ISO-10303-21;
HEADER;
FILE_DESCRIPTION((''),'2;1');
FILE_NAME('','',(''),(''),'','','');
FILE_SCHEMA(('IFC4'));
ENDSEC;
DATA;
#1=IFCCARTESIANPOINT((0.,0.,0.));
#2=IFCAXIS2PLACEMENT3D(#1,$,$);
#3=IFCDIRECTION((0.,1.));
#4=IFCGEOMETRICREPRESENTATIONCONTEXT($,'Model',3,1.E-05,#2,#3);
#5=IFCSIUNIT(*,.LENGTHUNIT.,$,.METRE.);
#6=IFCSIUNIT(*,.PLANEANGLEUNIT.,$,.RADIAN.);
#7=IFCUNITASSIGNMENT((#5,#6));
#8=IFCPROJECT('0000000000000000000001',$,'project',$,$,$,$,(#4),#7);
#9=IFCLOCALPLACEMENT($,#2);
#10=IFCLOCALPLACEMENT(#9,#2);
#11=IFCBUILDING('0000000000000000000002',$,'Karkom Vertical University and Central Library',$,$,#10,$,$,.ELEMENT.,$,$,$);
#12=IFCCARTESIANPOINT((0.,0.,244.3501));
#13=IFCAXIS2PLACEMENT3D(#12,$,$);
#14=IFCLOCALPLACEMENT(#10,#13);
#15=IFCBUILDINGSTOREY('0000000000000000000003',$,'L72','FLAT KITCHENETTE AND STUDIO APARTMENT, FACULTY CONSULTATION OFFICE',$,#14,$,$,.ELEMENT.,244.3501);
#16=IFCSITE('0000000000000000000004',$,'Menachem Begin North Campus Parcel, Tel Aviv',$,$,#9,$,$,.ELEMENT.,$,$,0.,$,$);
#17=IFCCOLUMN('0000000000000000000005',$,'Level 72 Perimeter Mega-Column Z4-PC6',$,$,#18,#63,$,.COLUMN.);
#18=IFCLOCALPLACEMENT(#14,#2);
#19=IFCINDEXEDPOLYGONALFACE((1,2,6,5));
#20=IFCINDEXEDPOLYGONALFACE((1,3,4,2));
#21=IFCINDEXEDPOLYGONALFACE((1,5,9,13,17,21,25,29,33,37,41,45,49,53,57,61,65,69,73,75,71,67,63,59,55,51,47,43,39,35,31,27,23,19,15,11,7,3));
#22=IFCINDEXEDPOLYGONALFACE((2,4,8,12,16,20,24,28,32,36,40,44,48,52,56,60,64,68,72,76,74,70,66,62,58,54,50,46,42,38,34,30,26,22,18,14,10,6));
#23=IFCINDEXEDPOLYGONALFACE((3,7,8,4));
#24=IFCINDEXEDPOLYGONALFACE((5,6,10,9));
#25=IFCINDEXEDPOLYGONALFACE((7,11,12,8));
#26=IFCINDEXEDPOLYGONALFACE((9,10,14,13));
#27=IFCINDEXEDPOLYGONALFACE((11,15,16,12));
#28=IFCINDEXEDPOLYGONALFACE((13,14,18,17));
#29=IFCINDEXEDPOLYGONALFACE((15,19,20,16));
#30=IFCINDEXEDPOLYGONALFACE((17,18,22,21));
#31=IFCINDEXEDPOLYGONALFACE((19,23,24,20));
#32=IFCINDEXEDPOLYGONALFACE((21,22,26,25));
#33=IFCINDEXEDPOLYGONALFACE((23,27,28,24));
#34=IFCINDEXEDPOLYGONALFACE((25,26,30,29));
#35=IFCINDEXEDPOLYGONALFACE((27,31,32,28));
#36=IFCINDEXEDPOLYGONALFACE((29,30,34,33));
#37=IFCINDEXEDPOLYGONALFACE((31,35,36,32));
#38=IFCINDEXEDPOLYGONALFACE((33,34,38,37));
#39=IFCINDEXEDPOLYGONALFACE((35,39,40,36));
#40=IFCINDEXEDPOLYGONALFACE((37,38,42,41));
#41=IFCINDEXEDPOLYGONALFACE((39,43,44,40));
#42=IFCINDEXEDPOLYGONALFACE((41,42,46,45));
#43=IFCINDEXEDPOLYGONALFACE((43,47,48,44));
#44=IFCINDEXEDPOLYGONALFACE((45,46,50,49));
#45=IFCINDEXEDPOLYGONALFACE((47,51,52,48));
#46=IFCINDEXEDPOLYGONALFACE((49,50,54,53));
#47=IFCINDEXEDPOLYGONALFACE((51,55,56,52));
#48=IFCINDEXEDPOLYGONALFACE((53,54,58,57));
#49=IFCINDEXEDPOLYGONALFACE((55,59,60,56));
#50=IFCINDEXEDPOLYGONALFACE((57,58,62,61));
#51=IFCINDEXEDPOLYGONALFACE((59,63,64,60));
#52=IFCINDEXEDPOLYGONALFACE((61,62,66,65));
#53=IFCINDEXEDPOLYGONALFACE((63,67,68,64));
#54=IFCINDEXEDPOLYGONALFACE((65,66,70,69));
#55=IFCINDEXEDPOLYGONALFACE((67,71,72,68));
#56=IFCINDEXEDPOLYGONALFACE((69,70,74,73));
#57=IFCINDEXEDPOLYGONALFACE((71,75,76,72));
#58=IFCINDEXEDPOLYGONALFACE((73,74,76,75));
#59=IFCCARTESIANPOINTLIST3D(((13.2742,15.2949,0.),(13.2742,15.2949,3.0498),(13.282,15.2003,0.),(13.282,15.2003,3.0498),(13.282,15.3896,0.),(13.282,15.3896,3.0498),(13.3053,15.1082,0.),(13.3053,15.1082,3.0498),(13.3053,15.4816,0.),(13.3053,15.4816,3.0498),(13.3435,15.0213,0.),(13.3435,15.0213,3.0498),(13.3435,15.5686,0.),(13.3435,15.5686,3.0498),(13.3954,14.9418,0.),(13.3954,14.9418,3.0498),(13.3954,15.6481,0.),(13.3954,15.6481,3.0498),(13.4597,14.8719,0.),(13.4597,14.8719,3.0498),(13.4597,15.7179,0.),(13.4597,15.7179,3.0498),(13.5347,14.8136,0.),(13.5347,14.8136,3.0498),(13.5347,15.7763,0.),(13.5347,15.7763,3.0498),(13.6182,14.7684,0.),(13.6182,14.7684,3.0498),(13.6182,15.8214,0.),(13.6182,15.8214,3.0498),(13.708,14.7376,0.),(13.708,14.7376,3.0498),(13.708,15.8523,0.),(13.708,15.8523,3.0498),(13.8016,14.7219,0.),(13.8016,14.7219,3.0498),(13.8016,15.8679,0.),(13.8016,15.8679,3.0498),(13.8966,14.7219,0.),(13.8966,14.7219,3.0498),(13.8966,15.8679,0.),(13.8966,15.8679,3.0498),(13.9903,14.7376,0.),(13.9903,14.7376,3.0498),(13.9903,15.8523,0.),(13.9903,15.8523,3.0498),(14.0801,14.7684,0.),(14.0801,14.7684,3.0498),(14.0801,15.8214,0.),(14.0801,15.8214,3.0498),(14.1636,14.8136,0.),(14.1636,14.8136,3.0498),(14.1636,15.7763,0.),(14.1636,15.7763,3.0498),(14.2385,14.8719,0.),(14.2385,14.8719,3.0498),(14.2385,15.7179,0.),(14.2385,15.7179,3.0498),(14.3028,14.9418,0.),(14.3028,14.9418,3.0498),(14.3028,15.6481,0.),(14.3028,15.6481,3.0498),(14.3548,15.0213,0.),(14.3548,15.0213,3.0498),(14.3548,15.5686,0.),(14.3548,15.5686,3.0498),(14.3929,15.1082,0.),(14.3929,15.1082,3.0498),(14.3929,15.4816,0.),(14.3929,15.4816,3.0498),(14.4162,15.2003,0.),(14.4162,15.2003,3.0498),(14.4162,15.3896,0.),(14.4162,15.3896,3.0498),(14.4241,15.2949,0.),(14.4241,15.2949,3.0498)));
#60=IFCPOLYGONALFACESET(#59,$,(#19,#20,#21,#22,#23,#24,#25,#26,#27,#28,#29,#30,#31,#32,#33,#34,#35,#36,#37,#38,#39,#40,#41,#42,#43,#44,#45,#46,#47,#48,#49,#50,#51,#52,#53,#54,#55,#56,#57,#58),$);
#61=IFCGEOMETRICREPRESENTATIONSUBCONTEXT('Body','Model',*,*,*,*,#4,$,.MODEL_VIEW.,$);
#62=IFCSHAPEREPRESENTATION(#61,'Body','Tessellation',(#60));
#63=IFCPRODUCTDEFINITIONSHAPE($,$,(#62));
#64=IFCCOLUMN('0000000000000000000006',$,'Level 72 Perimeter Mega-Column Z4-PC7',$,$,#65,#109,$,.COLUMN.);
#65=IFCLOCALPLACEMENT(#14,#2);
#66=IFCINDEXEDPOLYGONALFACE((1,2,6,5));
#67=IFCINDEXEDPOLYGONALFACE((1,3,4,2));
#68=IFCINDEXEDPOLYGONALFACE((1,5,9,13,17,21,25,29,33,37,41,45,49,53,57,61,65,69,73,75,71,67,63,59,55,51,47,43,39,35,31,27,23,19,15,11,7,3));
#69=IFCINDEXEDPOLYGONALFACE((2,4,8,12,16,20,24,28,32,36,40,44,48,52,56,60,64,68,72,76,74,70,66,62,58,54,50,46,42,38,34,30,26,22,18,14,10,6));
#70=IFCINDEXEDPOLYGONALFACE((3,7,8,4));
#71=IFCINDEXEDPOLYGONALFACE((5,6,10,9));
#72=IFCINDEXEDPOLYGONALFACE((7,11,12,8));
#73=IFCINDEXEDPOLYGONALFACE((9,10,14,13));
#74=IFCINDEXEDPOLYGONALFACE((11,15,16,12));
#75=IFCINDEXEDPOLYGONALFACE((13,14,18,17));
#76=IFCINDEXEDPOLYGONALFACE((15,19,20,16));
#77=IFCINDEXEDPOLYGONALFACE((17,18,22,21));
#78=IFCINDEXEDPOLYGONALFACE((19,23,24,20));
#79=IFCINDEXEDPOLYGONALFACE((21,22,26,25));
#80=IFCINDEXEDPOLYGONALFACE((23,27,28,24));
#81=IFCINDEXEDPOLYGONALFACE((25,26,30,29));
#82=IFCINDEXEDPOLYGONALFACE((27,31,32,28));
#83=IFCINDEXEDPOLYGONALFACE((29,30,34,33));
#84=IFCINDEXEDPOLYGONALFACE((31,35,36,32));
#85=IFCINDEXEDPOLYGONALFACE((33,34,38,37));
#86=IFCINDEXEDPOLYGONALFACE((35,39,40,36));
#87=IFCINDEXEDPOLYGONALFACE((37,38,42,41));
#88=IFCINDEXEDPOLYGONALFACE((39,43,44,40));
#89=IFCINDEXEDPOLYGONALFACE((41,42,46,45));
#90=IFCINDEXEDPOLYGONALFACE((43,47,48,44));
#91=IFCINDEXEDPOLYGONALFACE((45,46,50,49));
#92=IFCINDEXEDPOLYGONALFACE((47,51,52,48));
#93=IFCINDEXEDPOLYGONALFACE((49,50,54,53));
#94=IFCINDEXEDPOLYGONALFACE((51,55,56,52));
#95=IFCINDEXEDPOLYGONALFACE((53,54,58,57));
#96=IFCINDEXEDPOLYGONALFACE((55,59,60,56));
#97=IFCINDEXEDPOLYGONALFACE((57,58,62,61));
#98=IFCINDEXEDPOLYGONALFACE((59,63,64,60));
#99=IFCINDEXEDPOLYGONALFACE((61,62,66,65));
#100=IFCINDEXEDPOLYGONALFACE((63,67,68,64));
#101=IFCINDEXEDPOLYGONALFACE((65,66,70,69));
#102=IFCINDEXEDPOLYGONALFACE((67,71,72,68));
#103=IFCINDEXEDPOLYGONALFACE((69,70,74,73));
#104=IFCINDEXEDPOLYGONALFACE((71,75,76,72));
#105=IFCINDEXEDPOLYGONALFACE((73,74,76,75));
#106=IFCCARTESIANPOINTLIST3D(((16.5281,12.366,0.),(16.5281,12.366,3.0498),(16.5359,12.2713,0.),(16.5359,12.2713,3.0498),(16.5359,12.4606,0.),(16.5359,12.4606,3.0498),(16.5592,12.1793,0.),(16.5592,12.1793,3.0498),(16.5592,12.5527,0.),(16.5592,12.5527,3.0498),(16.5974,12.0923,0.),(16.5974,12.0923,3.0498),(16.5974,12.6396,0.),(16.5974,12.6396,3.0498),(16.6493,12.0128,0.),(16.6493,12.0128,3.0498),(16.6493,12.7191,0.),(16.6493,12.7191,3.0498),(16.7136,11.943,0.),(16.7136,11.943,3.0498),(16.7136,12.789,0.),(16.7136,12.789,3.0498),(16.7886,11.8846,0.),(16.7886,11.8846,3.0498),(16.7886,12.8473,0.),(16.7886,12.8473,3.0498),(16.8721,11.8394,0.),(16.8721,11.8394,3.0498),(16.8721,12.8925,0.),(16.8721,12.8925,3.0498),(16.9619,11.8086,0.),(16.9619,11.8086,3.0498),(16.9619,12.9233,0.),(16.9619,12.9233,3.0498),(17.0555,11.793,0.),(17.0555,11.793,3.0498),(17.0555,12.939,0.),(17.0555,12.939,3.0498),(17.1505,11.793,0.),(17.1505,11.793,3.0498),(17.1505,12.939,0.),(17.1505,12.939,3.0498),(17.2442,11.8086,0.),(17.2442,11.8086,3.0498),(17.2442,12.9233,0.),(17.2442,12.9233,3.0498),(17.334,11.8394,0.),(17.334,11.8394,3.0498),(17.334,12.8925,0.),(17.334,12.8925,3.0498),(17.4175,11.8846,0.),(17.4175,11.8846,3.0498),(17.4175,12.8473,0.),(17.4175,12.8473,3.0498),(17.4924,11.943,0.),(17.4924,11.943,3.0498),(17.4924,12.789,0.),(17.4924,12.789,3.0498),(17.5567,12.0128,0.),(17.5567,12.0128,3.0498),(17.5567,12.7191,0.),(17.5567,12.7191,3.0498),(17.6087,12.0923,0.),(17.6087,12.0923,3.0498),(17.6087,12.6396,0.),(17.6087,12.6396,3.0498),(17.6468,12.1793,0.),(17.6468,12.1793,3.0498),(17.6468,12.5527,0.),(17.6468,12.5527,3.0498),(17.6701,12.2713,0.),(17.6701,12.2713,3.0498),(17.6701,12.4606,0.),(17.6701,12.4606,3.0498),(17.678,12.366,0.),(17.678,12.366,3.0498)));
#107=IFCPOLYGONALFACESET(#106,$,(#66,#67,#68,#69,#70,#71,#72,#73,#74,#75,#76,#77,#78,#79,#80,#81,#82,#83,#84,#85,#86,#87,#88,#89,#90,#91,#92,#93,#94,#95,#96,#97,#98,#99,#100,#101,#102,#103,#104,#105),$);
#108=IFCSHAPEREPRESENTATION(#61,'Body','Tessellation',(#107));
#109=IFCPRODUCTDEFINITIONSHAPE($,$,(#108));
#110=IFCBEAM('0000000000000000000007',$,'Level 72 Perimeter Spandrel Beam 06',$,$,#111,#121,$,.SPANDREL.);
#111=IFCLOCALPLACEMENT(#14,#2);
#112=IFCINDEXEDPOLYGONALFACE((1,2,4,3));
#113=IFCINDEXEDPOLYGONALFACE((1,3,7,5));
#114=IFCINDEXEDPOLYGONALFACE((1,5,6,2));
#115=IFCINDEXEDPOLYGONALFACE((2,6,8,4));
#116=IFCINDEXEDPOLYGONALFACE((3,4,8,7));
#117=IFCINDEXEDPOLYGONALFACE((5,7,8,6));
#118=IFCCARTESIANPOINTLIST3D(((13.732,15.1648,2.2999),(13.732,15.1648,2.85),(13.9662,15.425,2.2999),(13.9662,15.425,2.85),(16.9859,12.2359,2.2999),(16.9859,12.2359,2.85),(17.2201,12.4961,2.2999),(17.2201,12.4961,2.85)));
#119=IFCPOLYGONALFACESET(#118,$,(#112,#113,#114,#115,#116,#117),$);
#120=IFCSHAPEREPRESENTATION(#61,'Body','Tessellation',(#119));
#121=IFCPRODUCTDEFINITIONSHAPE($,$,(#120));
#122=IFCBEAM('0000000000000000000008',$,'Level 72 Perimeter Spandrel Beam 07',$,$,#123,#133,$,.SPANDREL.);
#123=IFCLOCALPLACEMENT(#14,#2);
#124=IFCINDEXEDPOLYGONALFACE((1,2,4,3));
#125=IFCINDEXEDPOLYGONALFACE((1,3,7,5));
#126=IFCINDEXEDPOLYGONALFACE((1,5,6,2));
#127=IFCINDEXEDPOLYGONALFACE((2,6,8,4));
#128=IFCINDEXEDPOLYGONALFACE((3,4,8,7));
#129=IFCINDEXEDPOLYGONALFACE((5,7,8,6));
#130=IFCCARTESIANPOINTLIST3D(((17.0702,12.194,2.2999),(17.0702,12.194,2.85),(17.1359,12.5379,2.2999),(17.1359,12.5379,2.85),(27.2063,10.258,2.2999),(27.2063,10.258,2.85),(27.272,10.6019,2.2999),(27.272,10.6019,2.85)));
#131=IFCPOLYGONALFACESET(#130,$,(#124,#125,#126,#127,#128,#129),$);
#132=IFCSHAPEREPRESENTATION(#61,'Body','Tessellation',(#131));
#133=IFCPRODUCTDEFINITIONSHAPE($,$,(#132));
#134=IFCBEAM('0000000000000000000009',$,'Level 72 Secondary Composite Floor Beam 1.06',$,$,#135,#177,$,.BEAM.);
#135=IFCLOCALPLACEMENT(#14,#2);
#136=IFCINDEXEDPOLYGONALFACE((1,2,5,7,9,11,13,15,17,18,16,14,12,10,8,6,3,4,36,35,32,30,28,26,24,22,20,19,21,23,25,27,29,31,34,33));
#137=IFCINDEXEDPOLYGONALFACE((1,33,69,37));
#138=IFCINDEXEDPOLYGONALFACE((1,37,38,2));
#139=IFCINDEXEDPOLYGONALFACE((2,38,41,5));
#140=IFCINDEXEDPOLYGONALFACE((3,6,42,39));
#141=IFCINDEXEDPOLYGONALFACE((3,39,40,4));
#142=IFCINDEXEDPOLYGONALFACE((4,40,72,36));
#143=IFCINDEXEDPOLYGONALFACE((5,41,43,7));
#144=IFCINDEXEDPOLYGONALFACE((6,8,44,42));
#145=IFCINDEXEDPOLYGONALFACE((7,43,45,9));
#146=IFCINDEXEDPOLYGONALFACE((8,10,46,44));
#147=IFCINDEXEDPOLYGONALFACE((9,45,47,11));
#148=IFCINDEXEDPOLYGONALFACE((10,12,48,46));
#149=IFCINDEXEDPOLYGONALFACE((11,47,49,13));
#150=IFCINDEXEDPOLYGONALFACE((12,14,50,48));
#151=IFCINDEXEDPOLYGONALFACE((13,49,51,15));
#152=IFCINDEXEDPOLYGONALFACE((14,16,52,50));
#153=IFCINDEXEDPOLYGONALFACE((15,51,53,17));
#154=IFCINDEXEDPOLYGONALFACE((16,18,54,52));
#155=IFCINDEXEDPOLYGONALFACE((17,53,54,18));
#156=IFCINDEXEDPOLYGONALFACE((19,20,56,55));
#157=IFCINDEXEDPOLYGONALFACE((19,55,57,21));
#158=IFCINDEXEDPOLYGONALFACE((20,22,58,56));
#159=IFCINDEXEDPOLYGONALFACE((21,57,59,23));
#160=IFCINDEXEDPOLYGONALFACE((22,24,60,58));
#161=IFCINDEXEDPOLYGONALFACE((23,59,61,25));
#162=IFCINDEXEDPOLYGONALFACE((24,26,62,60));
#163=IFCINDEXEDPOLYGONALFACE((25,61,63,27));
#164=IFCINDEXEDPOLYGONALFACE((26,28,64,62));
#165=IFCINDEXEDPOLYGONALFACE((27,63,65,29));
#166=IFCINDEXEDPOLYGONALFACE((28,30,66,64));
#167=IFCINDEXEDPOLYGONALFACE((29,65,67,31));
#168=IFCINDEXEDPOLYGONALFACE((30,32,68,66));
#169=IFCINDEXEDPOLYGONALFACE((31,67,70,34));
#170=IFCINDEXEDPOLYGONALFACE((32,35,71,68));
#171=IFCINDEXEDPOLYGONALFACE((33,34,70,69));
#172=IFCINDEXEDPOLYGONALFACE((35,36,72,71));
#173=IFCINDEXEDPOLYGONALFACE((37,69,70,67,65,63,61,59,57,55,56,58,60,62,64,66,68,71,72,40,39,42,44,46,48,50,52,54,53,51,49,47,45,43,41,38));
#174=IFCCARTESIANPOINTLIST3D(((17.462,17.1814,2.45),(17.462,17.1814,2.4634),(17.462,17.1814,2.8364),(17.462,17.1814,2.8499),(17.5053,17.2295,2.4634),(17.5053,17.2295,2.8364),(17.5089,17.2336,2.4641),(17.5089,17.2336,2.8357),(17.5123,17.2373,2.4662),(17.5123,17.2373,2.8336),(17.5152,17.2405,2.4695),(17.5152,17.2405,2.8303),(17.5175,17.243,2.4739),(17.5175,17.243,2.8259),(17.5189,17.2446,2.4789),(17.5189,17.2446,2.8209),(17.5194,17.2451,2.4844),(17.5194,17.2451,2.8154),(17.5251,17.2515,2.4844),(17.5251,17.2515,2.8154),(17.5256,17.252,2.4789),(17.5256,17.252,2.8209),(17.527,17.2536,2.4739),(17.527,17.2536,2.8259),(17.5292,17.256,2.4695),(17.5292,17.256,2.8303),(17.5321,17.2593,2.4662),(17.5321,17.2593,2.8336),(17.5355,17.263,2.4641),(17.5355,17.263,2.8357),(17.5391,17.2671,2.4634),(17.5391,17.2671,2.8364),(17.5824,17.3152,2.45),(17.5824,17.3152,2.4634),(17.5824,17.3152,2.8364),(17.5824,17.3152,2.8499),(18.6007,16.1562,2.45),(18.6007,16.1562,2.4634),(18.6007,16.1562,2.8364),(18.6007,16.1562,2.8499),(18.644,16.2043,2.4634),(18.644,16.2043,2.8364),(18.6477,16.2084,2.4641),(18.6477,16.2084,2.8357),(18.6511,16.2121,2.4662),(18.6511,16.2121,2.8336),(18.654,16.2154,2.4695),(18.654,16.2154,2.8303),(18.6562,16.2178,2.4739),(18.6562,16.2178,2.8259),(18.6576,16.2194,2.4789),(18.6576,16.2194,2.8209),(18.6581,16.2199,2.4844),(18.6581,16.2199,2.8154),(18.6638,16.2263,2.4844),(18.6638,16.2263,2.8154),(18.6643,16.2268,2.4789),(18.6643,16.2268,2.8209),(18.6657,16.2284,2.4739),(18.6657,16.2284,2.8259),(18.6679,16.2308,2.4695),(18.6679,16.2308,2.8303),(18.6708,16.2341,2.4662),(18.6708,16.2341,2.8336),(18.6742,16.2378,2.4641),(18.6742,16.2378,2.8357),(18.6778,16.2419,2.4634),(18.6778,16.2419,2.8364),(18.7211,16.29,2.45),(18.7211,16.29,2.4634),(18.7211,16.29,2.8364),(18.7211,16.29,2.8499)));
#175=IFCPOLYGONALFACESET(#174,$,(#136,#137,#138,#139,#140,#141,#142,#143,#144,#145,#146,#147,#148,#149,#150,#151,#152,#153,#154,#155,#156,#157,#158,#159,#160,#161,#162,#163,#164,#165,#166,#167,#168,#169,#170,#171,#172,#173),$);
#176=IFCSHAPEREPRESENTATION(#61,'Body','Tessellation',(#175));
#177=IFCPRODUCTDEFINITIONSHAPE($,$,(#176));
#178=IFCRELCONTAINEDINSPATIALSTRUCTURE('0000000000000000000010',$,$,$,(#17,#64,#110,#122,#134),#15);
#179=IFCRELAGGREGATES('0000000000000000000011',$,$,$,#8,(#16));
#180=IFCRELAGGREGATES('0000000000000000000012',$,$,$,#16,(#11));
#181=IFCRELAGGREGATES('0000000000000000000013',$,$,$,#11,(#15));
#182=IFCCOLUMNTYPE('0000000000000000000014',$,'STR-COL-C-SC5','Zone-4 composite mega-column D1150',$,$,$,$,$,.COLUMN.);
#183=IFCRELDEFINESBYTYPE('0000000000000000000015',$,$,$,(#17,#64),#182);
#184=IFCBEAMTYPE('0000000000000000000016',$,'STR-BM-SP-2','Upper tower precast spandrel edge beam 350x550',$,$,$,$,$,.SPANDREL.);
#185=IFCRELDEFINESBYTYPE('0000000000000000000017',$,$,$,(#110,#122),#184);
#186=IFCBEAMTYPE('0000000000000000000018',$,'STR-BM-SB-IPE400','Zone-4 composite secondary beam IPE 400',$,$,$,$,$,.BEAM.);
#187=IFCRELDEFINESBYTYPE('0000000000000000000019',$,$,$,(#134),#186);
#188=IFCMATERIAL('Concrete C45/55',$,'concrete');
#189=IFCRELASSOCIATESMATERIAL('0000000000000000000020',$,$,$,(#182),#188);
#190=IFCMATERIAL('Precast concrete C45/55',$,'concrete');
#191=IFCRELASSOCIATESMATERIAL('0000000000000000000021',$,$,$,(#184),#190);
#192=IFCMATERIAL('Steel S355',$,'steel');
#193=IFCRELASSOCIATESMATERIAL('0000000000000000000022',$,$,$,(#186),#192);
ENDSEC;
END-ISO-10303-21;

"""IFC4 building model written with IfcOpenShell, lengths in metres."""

from ifc_helpers import new_model, si_unit, direction, frame, origin, origin_with_axes, origin_2d, place, context, subcontext, project, spatial, rectangle, circle, i_section, extrude, source, transform, mapped, material, material_profile, profile_set, type_object, element, save


model = new_model("IFC4")

# Units and contexts
model_context = context("Model", 3, precision=1e-05, world=origin(), true_north=direction((0.0, 1.0)))
body_context = subcontext(model_context, "Body", "Model", "MODEL_VIEW")
ifc_project = project(units=[si_unit("LENGTHUNIT", "METRE"), si_unit("PLANEANGLEUNIT", "RADIAN")], contexts=[model_context])

# Site, building, storey
site_placement = place(None, origin())
site = spatial("IfcSite", under=ifc_project, at=site_placement, Name="Menachem Begin North Campus Parcel, Tel Aviv", CompositionType="ELEMENT", RefElevation=0.0)
building_placement = place(site_placement, origin())
building = spatial("IfcBuilding", under=site, at=building_placement, Name="Karkom Vertical University and Central Library", CompositionType="ELEMENT")
storey_placement = place(building_placement, frame((0.0, 0.0, 244.3501)))
storey = spatial("IfcBuildingStorey", under=building, at=storey_placement, Name="L72", Description="FLAT KITCHENETTE AND STUDIO APARTMENT, FACULTY CONSULTATION OFFICE", CompositionType="ELEMENT", Elevation=244.3501)

# Columns
ifc_material_1 = material(Name="Concrete C45/55", Category="concrete")
ifc_material_profile_1 = material_profile(ifc_material_1, circle(Radius=0.575, at=origin_2d()), Name="CFT-D1150")
ifc_profile_set_1 = profile_set([ifc_material_profile_1], Name="Concrete C45/55")
column_type = type_object("IfcColumnType", Name="STR-COL-C-SC5", Description="Zone-4 composite mega-column D1150", PredefinedType="COLUMN", material=ifc_profile_set_1)
shared_shape_1 = source(origin_with_axes(), body_context, "Body", "SweptSolid", [
    extrude(circle(Radius=0.575, at=origin_2d()), origin(), (0.0, 0.0, 1.0), 3.0498),
])
for number, where, z_axis, x_axis, name in (
    (1, (13.8491, 15.2949, 0.0), (0.0, 0.0, 1.0), (1.0, 0.0, 0.0), "Level 72 Perimeter Mega-Column Z4-PC6"),
    (2, (17.103, 12.366, 0.0), (0.0, 0.0, 1.0), (1.0, 0.0, 0.0), "Level 72 Perimeter Mega-Column Z4-PC7"),
):
    element("IfcColumn", number, at=place(storey_placement, frame(where, z_axis=z_axis, x_axis=x_axis)), inside=storey, type_object=column_type, Name=name, PredefinedType="COLUMN", context=body_context, shape_type="MappedRepresentation", body=[
        mapped(shared_shape_1, transform((0.0, 0.0, 0.0), scale=1.0)),
    ])

# Beams
ifc_material_2 = material(Name="Precast concrete C45/55", Category="concrete")
ifc_material_profile_2 = material_profile(ifc_material_2, rectangle(XDim=0.3501, YDim=0.55, at=origin_2d()), Name="SPB-350x550")
ifc_profile_set_2 = profile_set([ifc_material_profile_2], Name="Precast concrete C45/55")
beam_type_1 = type_object("IfcBeamType", Name="STR-BM-SP-2", Description="Upper tower precast spandrel edge beam 350x550", PredefinedType="SPANDREL", material=ifc_profile_set_2)
shared_shape_2 = source(origin_with_axes(), body_context, "Body", "SweptSolid", [
    extrude(rectangle(XDim=0.3501, YDim=0.55, at=origin_2d()), origin(), (0.0, 0.0, 1.0), 4.3779),
])
beam_1_placement = place(storey_placement, frame((13.8491, 15.2949, 2.575), z_axis=(0.743244, -0.66902, 0.0), x_axis=(0.66902, 0.743244, 0.0)))
element("IfcBeam", 3, at=beam_1_placement, inside=storey, type_object=beam_type_1, Name="Level 72 Perimeter Spandrel Beam 06", PredefinedType="SPANDREL", context=body_context, shape_type="MappedRepresentation", body=[
    mapped(shared_shape_2, transform((0.0, 0.0, 0.0), scale=1.0)),
])
shared_shape_3 = source(origin_with_axes(), body_context, "Body", "SweptSolid", [
    extrude(rectangle(XDim=0.3501, YDim=0.55, at=origin_2d()), origin(), (0.0, 0.0, 1.0), 10.3193),
])
beam_2_placement = place(storey_placement, frame((17.103, 12.366, 2.575), z_axis=(0.982243, -0.187614, 0.0), x_axis=(0.187614, 0.982243, 0.0)))
element("IfcBeam", 4, at=beam_2_placement, inside=storey, type_object=beam_type_1, Name="Level 72 Perimeter Spandrel Beam 07", PredefinedType="SPANDREL", context=body_context, shape_type="MappedRepresentation", body=[
    mapped(shared_shape_3, transform((0.0, 0.0, 0.0), scale=1.0)),
])
ifc_material_3 = material(Name="Steel S355", Category="steel")
ifc_material_profile_3 = material_profile(ifc_material_3, i_section(OverallWidth=0.1799, OverallDepth=0.3999, WebThickness=0.0085, FlangeThickness=0.0134, FilletRadius=0.021, at=origin_2d()), Name="IPE 400")
ifc_profile_set_3 = profile_set([ifc_material_profile_3], Name="Steel S355")
beam_type_2 = type_object("IfcBeamType", Name="STR-BM-SB-IPE400", Description="Zone-4 composite secondary beam IPE 400", PredefinedType="BEAM", material=ifc_profile_set_3)
shared_shape_4 = source(origin_with_axes(), body_context, "Body", "SweptSolid", [
    extrude(i_section(OverallWidth=0.1799, OverallDepth=0.3999, WebThickness=0.0085, FlangeThickness=0.0134, FilletRadius=0.021, at=origin_2d()), origin(), (0.0, 0.0, 1.0), 1.5322),
])
beam_3_placement = place(storey_placement, frame((17.5222, 17.2483, 2.6499), z_axis=(0.743183, -0.669088, 0.0), x_axis=(0.669088, 0.743183, 0.0)))
element("IfcBeam", 5, at=beam_3_placement, inside=storey, type_object=beam_type_2, Name="Level 72 Secondary Composite Floor Beam 1.06", PredefinedType="BEAM", context=body_context, shape_type="MappedRepresentation", body=[
    mapped(shared_shape_4, transform((0.0, 0.0, 0.0), scale=1.0)),
])

save(model, "model.ifc")
